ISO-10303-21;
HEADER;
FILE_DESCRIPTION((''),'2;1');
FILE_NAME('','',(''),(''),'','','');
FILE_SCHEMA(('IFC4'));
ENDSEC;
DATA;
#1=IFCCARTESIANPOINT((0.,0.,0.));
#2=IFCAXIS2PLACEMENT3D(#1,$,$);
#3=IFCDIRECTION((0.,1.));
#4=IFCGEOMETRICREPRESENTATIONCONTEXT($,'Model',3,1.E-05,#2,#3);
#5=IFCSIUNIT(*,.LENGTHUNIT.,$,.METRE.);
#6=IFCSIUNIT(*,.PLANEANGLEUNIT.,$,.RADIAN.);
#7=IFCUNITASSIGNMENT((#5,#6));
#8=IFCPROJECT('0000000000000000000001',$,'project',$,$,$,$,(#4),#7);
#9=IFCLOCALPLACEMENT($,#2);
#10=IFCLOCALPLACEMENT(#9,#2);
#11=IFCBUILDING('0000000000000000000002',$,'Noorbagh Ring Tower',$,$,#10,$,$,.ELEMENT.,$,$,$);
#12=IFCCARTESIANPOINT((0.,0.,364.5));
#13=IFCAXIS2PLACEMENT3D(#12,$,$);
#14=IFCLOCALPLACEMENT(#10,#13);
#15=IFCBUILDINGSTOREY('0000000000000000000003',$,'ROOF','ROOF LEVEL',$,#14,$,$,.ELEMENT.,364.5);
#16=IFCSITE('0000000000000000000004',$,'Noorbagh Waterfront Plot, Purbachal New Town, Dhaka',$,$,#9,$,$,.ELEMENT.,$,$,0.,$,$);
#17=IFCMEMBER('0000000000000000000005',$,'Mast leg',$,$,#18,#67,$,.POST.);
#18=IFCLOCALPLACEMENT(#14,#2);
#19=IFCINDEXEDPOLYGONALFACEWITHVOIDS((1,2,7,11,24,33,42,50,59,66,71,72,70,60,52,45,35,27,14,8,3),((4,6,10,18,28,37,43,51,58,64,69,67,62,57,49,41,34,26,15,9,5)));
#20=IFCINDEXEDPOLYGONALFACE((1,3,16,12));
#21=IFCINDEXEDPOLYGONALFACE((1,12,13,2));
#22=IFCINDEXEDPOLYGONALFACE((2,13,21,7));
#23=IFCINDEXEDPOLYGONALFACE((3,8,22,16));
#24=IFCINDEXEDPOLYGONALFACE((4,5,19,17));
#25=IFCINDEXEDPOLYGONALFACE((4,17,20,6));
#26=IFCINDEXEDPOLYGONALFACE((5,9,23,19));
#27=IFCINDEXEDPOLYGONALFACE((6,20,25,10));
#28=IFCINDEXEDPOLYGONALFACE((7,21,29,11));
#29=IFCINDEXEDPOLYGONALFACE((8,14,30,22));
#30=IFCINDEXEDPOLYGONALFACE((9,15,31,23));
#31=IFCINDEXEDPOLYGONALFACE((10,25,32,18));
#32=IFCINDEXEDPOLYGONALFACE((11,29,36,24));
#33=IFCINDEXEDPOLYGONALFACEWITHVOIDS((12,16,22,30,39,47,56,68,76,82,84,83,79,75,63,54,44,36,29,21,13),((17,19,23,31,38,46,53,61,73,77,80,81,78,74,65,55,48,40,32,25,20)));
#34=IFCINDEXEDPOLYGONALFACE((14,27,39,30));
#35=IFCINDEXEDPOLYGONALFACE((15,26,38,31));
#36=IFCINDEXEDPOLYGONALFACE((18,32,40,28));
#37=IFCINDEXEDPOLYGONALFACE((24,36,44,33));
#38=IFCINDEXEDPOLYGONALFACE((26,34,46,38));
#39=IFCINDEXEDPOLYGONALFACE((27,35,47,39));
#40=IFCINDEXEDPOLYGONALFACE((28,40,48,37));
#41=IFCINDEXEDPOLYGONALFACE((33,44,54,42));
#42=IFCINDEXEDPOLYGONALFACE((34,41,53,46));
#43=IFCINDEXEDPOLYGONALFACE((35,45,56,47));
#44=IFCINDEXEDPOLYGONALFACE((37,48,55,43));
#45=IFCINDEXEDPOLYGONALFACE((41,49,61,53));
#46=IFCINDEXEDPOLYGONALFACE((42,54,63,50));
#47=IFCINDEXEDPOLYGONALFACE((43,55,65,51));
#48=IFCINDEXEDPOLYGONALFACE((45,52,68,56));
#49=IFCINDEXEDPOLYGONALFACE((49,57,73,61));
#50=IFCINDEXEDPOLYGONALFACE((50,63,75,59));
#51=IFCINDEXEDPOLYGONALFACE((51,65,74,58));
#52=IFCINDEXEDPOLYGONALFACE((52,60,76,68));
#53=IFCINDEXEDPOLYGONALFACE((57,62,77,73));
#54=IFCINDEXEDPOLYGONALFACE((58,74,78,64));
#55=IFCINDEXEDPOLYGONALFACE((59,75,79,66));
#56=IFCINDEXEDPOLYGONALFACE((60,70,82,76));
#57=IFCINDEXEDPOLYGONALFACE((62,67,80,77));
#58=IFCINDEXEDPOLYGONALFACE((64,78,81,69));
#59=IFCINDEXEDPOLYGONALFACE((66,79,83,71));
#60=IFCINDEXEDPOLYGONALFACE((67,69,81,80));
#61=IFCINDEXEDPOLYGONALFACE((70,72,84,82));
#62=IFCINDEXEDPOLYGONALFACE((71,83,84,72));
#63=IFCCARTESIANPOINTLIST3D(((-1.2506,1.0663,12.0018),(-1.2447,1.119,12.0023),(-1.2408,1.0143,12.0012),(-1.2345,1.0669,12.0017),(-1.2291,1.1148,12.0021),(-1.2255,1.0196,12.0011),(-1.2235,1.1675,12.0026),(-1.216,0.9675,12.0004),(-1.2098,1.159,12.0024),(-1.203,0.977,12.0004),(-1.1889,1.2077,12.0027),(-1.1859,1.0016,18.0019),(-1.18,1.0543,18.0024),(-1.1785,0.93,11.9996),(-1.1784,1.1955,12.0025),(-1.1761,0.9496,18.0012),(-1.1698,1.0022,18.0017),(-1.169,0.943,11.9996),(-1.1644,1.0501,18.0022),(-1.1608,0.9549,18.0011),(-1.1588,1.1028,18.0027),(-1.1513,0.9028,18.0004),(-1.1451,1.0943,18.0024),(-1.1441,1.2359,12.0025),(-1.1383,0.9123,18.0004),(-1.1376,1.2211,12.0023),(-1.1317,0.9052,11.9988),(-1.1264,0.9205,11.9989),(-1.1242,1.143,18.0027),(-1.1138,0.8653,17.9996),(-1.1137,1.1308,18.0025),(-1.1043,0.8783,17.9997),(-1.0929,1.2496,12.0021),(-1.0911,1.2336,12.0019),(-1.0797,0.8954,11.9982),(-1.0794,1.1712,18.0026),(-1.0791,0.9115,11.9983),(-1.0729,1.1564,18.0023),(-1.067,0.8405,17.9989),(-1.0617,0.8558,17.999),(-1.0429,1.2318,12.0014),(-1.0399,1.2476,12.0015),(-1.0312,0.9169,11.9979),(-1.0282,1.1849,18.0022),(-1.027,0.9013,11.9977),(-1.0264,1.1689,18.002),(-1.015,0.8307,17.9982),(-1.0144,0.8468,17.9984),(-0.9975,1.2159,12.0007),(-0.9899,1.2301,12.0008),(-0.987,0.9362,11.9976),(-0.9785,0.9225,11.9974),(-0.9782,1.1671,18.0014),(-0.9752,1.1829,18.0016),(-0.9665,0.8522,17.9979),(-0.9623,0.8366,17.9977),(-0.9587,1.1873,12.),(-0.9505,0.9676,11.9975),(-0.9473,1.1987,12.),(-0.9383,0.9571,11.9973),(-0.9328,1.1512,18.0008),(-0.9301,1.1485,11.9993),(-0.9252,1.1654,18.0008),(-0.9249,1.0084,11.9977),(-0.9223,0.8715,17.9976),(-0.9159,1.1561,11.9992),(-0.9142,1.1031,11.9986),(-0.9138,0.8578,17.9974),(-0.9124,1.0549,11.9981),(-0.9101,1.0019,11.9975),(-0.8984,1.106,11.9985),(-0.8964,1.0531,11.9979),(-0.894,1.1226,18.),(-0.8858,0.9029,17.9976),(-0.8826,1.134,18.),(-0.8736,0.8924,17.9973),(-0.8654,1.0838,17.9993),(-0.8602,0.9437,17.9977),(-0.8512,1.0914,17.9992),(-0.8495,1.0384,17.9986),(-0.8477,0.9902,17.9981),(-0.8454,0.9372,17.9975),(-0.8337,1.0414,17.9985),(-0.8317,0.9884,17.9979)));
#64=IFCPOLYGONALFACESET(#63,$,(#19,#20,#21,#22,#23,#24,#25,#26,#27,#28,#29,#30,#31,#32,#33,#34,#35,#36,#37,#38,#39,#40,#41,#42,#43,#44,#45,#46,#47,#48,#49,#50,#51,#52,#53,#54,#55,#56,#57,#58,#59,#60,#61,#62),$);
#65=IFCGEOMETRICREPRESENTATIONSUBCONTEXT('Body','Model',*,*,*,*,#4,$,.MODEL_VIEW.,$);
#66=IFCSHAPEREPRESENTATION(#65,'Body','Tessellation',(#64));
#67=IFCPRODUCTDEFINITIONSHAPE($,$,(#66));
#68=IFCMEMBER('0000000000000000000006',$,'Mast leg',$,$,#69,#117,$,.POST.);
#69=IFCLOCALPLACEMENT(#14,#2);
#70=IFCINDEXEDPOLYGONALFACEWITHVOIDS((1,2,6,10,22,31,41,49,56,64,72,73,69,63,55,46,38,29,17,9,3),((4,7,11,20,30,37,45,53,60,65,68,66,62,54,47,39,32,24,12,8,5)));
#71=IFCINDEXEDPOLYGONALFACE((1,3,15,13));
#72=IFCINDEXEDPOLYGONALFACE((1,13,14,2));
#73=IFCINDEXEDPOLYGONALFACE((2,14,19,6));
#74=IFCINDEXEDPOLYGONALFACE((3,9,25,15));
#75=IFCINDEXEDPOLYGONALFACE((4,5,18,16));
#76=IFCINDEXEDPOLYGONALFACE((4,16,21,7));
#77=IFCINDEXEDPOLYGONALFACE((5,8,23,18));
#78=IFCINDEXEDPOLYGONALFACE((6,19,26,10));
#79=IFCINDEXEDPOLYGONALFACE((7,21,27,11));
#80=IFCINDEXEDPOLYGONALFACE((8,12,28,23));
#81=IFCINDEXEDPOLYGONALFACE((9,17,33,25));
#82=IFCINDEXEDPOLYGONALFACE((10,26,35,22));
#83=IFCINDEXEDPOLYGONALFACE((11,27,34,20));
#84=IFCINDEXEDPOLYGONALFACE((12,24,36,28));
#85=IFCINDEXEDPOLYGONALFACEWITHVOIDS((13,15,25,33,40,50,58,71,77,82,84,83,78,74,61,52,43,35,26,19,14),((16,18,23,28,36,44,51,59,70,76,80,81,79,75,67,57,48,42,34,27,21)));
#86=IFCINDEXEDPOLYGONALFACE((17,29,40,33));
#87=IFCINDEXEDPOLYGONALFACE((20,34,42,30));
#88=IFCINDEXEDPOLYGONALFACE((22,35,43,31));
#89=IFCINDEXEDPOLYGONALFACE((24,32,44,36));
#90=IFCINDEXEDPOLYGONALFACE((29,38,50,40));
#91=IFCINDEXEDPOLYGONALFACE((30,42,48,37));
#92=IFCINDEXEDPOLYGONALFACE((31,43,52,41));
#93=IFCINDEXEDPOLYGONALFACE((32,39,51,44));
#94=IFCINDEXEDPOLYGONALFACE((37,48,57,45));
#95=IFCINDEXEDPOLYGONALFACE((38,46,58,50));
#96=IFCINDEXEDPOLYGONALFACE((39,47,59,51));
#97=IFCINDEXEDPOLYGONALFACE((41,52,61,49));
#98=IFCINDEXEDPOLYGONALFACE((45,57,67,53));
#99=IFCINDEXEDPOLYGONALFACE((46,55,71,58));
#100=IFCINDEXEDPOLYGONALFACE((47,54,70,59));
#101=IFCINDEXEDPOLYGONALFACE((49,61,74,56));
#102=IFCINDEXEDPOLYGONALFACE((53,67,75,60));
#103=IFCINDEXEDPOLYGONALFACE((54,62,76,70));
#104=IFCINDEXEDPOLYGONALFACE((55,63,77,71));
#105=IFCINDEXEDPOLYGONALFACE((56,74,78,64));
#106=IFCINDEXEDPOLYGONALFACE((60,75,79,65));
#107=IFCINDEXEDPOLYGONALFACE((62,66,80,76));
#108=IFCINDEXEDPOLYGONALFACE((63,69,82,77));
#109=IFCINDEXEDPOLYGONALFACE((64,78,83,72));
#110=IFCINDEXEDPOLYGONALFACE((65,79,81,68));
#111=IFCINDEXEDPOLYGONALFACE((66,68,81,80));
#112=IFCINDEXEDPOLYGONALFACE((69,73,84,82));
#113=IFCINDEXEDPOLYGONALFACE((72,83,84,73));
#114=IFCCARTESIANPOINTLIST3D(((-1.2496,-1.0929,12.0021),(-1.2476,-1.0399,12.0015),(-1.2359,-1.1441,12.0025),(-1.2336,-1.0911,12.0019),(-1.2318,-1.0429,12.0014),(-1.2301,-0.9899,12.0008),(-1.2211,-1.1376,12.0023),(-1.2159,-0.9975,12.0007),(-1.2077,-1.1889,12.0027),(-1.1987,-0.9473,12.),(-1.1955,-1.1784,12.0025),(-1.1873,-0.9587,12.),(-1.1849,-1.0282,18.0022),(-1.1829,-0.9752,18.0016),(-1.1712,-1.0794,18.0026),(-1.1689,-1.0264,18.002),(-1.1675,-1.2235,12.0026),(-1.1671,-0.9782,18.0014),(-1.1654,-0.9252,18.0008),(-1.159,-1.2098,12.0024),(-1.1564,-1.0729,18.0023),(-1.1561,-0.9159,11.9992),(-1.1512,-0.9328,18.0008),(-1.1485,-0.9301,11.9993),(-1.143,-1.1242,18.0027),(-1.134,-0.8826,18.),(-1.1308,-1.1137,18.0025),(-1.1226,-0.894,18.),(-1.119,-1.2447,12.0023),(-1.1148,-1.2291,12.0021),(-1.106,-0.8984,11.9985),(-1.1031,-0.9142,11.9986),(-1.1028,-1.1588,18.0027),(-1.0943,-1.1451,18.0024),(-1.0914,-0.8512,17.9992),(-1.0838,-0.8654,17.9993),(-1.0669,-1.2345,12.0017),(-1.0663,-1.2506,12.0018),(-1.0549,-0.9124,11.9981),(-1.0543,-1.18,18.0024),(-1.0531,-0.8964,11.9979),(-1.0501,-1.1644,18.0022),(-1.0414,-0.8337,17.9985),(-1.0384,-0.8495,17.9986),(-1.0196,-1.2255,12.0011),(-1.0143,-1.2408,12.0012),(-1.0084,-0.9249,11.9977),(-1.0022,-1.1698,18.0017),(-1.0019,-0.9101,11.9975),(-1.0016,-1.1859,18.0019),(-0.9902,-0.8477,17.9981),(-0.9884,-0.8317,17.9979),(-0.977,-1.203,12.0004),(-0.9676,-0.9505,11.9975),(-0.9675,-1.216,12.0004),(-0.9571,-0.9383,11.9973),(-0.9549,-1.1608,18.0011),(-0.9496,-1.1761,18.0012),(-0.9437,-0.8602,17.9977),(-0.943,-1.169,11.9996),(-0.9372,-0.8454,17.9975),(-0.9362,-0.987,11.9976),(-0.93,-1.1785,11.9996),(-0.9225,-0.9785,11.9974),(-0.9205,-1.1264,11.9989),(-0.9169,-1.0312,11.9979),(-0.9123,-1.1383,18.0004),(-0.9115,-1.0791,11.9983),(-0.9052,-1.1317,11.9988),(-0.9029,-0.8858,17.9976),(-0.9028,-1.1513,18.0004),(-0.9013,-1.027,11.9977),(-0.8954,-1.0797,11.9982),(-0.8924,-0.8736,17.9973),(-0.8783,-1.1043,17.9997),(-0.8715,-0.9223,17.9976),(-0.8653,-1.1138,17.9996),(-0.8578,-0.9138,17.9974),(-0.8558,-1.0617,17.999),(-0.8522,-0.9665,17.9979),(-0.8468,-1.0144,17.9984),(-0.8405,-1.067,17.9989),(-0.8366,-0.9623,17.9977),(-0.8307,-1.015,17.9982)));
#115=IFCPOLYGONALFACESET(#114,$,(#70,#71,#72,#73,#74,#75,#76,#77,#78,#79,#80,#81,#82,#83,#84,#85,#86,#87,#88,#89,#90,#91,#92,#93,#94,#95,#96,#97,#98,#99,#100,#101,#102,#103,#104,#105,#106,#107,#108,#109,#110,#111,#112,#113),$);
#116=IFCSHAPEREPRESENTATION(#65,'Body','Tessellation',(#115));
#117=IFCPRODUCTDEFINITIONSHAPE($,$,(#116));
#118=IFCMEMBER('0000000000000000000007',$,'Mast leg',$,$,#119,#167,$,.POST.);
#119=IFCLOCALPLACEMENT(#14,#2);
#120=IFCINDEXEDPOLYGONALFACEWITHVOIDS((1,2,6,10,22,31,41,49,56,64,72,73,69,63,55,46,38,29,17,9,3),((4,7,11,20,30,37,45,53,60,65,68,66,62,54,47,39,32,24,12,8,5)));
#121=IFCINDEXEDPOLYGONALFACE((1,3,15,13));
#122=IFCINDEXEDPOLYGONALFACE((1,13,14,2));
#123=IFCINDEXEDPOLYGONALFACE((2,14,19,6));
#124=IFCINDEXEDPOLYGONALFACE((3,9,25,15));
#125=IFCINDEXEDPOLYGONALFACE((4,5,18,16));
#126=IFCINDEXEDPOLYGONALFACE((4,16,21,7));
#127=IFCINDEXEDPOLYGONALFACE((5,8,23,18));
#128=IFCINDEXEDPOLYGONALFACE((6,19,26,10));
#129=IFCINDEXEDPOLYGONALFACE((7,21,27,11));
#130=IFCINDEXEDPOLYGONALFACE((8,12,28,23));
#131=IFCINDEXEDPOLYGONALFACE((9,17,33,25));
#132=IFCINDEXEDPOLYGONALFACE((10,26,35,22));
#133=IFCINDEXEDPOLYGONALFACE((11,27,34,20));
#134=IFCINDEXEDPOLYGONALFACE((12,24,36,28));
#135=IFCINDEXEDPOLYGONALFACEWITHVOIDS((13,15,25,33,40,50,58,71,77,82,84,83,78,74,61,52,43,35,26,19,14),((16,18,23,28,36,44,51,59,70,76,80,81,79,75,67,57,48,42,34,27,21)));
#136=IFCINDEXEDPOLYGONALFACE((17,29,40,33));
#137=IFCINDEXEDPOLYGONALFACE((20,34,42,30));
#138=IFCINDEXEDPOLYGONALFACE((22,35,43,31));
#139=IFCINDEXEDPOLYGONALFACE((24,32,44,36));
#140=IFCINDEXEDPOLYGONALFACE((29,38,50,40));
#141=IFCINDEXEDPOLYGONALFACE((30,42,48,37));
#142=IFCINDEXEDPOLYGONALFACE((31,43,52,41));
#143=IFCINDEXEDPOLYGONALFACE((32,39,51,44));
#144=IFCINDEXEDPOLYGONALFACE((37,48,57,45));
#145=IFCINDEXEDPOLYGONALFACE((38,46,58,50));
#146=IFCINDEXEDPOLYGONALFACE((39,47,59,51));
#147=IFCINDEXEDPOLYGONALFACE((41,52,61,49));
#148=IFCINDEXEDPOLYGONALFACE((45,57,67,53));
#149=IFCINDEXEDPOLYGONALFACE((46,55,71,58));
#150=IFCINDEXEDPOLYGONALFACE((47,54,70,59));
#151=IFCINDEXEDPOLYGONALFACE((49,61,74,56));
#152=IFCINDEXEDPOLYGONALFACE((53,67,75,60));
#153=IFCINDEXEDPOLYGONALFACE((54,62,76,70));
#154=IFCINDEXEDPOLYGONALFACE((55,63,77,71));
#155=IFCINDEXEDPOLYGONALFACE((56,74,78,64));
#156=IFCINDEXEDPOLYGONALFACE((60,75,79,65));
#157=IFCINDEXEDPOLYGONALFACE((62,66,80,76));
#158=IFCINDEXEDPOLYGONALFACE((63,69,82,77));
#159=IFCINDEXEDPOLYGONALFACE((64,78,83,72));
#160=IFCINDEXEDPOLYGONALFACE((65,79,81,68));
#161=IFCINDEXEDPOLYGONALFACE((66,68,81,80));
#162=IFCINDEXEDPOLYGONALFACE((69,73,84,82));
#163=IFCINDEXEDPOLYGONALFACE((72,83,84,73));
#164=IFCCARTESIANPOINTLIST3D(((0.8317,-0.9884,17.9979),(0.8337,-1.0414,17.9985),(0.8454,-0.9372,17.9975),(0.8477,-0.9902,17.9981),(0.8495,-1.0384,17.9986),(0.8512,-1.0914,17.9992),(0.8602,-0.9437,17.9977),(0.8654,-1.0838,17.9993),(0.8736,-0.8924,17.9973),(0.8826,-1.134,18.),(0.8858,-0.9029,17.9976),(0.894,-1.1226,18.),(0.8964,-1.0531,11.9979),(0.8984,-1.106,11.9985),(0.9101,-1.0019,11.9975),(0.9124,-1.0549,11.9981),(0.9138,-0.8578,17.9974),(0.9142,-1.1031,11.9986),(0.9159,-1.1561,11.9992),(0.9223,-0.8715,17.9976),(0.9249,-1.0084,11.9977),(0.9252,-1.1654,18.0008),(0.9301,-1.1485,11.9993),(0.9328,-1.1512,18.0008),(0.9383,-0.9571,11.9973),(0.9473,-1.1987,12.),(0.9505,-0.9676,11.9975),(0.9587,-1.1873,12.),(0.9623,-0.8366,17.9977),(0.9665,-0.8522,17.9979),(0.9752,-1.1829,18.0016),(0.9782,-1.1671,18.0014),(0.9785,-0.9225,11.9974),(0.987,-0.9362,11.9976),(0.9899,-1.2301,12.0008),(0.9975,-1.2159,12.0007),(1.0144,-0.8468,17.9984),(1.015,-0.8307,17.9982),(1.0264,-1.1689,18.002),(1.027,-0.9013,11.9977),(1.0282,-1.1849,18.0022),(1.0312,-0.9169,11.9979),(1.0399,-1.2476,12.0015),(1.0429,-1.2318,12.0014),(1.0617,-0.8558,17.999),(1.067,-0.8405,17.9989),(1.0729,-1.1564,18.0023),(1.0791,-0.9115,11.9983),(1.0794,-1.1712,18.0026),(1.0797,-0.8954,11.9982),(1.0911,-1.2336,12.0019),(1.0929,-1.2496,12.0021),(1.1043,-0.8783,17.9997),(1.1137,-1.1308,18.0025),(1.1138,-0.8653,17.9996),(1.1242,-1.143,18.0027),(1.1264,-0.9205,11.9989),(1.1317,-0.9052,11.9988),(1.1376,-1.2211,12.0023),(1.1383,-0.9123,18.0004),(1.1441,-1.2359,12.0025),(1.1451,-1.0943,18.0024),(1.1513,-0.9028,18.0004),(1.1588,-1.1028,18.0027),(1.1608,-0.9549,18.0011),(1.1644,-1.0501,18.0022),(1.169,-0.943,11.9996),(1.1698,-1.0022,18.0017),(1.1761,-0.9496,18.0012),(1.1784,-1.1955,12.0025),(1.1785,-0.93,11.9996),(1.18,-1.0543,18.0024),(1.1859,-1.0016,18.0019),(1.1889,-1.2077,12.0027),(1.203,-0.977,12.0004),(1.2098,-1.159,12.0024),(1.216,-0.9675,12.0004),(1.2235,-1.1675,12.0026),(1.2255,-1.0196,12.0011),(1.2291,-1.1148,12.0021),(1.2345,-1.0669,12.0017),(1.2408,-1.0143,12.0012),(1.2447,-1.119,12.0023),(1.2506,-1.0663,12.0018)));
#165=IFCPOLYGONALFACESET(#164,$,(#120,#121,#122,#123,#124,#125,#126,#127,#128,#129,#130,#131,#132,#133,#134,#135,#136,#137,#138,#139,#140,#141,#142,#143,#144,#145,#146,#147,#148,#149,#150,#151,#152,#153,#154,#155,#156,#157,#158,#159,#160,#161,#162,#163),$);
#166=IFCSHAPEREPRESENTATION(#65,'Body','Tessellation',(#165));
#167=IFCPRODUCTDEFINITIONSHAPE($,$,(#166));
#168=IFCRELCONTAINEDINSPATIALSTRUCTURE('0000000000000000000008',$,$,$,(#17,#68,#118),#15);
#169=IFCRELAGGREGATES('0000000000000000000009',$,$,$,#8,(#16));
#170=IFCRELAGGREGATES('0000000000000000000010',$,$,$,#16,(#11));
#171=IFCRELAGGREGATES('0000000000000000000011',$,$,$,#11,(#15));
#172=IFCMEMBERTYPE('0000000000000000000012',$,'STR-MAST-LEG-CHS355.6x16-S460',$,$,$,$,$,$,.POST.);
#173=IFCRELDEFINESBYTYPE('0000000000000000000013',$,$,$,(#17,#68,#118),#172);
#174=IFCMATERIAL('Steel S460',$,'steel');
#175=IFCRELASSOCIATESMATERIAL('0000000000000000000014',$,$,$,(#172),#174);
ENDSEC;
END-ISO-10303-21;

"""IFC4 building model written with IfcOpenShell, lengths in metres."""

from ifc_helpers import new_model, si_unit, direction, frame, origin, origin_2d, place, context, subcontext, project, spatial, hollow_circle, extrude, material, material_profile, profile_set, type_object, element, save


model = new_model("IFC4")

# Units and contexts
model_context = context("Model", 3, precision=1e-05, world=origin(), true_north=direction((0.0, 1.0)))
body_context = subcontext(model_context, "Body", "Model", "MODEL_VIEW")
ifc_project = project(units=[si_unit("LENGTHUNIT", "METRE"), si_unit("PLANEANGLEUNIT", "RADIAN")], contexts=[model_context])

# Site, building, storey
site_placement = place(None, origin())
site = spatial("IfcSite", under=ifc_project, at=site_placement, Name="Noorbagh Waterfront Plot, Purbachal New Town, Dhaka", CompositionType="ELEMENT", RefElevation=0.0)
building_placement = place(site_placement, origin())
building = spatial("IfcBuilding", under=site, at=building_placement, Name="Noorbagh Ring Tower", CompositionType="ELEMENT")
storey_placement = place(building_placement, frame((0.0, 0.0, 364.5)))
storey = spatial("IfcBuildingStorey", under=building, at=storey_placement, Name="ROOF", Description="ROOF LEVEL", CompositionType="ELEMENT", Elevation=364.5)

# Members
ifc_material_1 = material(Name="Steel S460", Category="steel")
ifc_material_profile_1 = material_profile(ifc_material_1, hollow_circle(Radius=0.1777, WallThickness=0.0161, at=origin_2d()), Name="CHS355.6x16")
ifc_profile_set_1 = profile_set([ifc_material_profile_1], Name="Steel S460")
member_type_1 = type_object("IfcMemberType", Name="STR-MAST-LEG-CHS355.6x16-S460", PredefinedType="POST", material=ifc_profile_set_1)
for number, where, z_axis, x_axis, name in (
    (1, (-1.073, 1.073, 12.0), (0.010782, -0.010782, 0.999884), (0.707107, 0.707107, 0.0), "Mast leg"),
    (2, (-1.073, -1.073, 12.0), (0.010782, 0.010782, 0.999884), (-0.707107, 0.707107, 0.0), "Mast leg"),
    (3, (1.073, -1.073, 12.0), (-0.010782, 0.010782, 0.999884), (-0.707107, -0.707107, 0.0), "Mast leg"),
):
    element("IfcMember", number, at=place(storey_placement, frame(where, z_axis=z_axis, x_axis=x_axis)), inside=storey, type_object=member_type_1, Name=name, PredefinedType="POST", context=body_context, shape_type="SweptSolid", body=[
        extrude(hollow_circle(Radius=0.1777, WallThickness=0.0161, at=origin_2d()), origin(), (0.0, 0.0, 1.0), 6.0007),
    ])

save(model, "model.ifc")
